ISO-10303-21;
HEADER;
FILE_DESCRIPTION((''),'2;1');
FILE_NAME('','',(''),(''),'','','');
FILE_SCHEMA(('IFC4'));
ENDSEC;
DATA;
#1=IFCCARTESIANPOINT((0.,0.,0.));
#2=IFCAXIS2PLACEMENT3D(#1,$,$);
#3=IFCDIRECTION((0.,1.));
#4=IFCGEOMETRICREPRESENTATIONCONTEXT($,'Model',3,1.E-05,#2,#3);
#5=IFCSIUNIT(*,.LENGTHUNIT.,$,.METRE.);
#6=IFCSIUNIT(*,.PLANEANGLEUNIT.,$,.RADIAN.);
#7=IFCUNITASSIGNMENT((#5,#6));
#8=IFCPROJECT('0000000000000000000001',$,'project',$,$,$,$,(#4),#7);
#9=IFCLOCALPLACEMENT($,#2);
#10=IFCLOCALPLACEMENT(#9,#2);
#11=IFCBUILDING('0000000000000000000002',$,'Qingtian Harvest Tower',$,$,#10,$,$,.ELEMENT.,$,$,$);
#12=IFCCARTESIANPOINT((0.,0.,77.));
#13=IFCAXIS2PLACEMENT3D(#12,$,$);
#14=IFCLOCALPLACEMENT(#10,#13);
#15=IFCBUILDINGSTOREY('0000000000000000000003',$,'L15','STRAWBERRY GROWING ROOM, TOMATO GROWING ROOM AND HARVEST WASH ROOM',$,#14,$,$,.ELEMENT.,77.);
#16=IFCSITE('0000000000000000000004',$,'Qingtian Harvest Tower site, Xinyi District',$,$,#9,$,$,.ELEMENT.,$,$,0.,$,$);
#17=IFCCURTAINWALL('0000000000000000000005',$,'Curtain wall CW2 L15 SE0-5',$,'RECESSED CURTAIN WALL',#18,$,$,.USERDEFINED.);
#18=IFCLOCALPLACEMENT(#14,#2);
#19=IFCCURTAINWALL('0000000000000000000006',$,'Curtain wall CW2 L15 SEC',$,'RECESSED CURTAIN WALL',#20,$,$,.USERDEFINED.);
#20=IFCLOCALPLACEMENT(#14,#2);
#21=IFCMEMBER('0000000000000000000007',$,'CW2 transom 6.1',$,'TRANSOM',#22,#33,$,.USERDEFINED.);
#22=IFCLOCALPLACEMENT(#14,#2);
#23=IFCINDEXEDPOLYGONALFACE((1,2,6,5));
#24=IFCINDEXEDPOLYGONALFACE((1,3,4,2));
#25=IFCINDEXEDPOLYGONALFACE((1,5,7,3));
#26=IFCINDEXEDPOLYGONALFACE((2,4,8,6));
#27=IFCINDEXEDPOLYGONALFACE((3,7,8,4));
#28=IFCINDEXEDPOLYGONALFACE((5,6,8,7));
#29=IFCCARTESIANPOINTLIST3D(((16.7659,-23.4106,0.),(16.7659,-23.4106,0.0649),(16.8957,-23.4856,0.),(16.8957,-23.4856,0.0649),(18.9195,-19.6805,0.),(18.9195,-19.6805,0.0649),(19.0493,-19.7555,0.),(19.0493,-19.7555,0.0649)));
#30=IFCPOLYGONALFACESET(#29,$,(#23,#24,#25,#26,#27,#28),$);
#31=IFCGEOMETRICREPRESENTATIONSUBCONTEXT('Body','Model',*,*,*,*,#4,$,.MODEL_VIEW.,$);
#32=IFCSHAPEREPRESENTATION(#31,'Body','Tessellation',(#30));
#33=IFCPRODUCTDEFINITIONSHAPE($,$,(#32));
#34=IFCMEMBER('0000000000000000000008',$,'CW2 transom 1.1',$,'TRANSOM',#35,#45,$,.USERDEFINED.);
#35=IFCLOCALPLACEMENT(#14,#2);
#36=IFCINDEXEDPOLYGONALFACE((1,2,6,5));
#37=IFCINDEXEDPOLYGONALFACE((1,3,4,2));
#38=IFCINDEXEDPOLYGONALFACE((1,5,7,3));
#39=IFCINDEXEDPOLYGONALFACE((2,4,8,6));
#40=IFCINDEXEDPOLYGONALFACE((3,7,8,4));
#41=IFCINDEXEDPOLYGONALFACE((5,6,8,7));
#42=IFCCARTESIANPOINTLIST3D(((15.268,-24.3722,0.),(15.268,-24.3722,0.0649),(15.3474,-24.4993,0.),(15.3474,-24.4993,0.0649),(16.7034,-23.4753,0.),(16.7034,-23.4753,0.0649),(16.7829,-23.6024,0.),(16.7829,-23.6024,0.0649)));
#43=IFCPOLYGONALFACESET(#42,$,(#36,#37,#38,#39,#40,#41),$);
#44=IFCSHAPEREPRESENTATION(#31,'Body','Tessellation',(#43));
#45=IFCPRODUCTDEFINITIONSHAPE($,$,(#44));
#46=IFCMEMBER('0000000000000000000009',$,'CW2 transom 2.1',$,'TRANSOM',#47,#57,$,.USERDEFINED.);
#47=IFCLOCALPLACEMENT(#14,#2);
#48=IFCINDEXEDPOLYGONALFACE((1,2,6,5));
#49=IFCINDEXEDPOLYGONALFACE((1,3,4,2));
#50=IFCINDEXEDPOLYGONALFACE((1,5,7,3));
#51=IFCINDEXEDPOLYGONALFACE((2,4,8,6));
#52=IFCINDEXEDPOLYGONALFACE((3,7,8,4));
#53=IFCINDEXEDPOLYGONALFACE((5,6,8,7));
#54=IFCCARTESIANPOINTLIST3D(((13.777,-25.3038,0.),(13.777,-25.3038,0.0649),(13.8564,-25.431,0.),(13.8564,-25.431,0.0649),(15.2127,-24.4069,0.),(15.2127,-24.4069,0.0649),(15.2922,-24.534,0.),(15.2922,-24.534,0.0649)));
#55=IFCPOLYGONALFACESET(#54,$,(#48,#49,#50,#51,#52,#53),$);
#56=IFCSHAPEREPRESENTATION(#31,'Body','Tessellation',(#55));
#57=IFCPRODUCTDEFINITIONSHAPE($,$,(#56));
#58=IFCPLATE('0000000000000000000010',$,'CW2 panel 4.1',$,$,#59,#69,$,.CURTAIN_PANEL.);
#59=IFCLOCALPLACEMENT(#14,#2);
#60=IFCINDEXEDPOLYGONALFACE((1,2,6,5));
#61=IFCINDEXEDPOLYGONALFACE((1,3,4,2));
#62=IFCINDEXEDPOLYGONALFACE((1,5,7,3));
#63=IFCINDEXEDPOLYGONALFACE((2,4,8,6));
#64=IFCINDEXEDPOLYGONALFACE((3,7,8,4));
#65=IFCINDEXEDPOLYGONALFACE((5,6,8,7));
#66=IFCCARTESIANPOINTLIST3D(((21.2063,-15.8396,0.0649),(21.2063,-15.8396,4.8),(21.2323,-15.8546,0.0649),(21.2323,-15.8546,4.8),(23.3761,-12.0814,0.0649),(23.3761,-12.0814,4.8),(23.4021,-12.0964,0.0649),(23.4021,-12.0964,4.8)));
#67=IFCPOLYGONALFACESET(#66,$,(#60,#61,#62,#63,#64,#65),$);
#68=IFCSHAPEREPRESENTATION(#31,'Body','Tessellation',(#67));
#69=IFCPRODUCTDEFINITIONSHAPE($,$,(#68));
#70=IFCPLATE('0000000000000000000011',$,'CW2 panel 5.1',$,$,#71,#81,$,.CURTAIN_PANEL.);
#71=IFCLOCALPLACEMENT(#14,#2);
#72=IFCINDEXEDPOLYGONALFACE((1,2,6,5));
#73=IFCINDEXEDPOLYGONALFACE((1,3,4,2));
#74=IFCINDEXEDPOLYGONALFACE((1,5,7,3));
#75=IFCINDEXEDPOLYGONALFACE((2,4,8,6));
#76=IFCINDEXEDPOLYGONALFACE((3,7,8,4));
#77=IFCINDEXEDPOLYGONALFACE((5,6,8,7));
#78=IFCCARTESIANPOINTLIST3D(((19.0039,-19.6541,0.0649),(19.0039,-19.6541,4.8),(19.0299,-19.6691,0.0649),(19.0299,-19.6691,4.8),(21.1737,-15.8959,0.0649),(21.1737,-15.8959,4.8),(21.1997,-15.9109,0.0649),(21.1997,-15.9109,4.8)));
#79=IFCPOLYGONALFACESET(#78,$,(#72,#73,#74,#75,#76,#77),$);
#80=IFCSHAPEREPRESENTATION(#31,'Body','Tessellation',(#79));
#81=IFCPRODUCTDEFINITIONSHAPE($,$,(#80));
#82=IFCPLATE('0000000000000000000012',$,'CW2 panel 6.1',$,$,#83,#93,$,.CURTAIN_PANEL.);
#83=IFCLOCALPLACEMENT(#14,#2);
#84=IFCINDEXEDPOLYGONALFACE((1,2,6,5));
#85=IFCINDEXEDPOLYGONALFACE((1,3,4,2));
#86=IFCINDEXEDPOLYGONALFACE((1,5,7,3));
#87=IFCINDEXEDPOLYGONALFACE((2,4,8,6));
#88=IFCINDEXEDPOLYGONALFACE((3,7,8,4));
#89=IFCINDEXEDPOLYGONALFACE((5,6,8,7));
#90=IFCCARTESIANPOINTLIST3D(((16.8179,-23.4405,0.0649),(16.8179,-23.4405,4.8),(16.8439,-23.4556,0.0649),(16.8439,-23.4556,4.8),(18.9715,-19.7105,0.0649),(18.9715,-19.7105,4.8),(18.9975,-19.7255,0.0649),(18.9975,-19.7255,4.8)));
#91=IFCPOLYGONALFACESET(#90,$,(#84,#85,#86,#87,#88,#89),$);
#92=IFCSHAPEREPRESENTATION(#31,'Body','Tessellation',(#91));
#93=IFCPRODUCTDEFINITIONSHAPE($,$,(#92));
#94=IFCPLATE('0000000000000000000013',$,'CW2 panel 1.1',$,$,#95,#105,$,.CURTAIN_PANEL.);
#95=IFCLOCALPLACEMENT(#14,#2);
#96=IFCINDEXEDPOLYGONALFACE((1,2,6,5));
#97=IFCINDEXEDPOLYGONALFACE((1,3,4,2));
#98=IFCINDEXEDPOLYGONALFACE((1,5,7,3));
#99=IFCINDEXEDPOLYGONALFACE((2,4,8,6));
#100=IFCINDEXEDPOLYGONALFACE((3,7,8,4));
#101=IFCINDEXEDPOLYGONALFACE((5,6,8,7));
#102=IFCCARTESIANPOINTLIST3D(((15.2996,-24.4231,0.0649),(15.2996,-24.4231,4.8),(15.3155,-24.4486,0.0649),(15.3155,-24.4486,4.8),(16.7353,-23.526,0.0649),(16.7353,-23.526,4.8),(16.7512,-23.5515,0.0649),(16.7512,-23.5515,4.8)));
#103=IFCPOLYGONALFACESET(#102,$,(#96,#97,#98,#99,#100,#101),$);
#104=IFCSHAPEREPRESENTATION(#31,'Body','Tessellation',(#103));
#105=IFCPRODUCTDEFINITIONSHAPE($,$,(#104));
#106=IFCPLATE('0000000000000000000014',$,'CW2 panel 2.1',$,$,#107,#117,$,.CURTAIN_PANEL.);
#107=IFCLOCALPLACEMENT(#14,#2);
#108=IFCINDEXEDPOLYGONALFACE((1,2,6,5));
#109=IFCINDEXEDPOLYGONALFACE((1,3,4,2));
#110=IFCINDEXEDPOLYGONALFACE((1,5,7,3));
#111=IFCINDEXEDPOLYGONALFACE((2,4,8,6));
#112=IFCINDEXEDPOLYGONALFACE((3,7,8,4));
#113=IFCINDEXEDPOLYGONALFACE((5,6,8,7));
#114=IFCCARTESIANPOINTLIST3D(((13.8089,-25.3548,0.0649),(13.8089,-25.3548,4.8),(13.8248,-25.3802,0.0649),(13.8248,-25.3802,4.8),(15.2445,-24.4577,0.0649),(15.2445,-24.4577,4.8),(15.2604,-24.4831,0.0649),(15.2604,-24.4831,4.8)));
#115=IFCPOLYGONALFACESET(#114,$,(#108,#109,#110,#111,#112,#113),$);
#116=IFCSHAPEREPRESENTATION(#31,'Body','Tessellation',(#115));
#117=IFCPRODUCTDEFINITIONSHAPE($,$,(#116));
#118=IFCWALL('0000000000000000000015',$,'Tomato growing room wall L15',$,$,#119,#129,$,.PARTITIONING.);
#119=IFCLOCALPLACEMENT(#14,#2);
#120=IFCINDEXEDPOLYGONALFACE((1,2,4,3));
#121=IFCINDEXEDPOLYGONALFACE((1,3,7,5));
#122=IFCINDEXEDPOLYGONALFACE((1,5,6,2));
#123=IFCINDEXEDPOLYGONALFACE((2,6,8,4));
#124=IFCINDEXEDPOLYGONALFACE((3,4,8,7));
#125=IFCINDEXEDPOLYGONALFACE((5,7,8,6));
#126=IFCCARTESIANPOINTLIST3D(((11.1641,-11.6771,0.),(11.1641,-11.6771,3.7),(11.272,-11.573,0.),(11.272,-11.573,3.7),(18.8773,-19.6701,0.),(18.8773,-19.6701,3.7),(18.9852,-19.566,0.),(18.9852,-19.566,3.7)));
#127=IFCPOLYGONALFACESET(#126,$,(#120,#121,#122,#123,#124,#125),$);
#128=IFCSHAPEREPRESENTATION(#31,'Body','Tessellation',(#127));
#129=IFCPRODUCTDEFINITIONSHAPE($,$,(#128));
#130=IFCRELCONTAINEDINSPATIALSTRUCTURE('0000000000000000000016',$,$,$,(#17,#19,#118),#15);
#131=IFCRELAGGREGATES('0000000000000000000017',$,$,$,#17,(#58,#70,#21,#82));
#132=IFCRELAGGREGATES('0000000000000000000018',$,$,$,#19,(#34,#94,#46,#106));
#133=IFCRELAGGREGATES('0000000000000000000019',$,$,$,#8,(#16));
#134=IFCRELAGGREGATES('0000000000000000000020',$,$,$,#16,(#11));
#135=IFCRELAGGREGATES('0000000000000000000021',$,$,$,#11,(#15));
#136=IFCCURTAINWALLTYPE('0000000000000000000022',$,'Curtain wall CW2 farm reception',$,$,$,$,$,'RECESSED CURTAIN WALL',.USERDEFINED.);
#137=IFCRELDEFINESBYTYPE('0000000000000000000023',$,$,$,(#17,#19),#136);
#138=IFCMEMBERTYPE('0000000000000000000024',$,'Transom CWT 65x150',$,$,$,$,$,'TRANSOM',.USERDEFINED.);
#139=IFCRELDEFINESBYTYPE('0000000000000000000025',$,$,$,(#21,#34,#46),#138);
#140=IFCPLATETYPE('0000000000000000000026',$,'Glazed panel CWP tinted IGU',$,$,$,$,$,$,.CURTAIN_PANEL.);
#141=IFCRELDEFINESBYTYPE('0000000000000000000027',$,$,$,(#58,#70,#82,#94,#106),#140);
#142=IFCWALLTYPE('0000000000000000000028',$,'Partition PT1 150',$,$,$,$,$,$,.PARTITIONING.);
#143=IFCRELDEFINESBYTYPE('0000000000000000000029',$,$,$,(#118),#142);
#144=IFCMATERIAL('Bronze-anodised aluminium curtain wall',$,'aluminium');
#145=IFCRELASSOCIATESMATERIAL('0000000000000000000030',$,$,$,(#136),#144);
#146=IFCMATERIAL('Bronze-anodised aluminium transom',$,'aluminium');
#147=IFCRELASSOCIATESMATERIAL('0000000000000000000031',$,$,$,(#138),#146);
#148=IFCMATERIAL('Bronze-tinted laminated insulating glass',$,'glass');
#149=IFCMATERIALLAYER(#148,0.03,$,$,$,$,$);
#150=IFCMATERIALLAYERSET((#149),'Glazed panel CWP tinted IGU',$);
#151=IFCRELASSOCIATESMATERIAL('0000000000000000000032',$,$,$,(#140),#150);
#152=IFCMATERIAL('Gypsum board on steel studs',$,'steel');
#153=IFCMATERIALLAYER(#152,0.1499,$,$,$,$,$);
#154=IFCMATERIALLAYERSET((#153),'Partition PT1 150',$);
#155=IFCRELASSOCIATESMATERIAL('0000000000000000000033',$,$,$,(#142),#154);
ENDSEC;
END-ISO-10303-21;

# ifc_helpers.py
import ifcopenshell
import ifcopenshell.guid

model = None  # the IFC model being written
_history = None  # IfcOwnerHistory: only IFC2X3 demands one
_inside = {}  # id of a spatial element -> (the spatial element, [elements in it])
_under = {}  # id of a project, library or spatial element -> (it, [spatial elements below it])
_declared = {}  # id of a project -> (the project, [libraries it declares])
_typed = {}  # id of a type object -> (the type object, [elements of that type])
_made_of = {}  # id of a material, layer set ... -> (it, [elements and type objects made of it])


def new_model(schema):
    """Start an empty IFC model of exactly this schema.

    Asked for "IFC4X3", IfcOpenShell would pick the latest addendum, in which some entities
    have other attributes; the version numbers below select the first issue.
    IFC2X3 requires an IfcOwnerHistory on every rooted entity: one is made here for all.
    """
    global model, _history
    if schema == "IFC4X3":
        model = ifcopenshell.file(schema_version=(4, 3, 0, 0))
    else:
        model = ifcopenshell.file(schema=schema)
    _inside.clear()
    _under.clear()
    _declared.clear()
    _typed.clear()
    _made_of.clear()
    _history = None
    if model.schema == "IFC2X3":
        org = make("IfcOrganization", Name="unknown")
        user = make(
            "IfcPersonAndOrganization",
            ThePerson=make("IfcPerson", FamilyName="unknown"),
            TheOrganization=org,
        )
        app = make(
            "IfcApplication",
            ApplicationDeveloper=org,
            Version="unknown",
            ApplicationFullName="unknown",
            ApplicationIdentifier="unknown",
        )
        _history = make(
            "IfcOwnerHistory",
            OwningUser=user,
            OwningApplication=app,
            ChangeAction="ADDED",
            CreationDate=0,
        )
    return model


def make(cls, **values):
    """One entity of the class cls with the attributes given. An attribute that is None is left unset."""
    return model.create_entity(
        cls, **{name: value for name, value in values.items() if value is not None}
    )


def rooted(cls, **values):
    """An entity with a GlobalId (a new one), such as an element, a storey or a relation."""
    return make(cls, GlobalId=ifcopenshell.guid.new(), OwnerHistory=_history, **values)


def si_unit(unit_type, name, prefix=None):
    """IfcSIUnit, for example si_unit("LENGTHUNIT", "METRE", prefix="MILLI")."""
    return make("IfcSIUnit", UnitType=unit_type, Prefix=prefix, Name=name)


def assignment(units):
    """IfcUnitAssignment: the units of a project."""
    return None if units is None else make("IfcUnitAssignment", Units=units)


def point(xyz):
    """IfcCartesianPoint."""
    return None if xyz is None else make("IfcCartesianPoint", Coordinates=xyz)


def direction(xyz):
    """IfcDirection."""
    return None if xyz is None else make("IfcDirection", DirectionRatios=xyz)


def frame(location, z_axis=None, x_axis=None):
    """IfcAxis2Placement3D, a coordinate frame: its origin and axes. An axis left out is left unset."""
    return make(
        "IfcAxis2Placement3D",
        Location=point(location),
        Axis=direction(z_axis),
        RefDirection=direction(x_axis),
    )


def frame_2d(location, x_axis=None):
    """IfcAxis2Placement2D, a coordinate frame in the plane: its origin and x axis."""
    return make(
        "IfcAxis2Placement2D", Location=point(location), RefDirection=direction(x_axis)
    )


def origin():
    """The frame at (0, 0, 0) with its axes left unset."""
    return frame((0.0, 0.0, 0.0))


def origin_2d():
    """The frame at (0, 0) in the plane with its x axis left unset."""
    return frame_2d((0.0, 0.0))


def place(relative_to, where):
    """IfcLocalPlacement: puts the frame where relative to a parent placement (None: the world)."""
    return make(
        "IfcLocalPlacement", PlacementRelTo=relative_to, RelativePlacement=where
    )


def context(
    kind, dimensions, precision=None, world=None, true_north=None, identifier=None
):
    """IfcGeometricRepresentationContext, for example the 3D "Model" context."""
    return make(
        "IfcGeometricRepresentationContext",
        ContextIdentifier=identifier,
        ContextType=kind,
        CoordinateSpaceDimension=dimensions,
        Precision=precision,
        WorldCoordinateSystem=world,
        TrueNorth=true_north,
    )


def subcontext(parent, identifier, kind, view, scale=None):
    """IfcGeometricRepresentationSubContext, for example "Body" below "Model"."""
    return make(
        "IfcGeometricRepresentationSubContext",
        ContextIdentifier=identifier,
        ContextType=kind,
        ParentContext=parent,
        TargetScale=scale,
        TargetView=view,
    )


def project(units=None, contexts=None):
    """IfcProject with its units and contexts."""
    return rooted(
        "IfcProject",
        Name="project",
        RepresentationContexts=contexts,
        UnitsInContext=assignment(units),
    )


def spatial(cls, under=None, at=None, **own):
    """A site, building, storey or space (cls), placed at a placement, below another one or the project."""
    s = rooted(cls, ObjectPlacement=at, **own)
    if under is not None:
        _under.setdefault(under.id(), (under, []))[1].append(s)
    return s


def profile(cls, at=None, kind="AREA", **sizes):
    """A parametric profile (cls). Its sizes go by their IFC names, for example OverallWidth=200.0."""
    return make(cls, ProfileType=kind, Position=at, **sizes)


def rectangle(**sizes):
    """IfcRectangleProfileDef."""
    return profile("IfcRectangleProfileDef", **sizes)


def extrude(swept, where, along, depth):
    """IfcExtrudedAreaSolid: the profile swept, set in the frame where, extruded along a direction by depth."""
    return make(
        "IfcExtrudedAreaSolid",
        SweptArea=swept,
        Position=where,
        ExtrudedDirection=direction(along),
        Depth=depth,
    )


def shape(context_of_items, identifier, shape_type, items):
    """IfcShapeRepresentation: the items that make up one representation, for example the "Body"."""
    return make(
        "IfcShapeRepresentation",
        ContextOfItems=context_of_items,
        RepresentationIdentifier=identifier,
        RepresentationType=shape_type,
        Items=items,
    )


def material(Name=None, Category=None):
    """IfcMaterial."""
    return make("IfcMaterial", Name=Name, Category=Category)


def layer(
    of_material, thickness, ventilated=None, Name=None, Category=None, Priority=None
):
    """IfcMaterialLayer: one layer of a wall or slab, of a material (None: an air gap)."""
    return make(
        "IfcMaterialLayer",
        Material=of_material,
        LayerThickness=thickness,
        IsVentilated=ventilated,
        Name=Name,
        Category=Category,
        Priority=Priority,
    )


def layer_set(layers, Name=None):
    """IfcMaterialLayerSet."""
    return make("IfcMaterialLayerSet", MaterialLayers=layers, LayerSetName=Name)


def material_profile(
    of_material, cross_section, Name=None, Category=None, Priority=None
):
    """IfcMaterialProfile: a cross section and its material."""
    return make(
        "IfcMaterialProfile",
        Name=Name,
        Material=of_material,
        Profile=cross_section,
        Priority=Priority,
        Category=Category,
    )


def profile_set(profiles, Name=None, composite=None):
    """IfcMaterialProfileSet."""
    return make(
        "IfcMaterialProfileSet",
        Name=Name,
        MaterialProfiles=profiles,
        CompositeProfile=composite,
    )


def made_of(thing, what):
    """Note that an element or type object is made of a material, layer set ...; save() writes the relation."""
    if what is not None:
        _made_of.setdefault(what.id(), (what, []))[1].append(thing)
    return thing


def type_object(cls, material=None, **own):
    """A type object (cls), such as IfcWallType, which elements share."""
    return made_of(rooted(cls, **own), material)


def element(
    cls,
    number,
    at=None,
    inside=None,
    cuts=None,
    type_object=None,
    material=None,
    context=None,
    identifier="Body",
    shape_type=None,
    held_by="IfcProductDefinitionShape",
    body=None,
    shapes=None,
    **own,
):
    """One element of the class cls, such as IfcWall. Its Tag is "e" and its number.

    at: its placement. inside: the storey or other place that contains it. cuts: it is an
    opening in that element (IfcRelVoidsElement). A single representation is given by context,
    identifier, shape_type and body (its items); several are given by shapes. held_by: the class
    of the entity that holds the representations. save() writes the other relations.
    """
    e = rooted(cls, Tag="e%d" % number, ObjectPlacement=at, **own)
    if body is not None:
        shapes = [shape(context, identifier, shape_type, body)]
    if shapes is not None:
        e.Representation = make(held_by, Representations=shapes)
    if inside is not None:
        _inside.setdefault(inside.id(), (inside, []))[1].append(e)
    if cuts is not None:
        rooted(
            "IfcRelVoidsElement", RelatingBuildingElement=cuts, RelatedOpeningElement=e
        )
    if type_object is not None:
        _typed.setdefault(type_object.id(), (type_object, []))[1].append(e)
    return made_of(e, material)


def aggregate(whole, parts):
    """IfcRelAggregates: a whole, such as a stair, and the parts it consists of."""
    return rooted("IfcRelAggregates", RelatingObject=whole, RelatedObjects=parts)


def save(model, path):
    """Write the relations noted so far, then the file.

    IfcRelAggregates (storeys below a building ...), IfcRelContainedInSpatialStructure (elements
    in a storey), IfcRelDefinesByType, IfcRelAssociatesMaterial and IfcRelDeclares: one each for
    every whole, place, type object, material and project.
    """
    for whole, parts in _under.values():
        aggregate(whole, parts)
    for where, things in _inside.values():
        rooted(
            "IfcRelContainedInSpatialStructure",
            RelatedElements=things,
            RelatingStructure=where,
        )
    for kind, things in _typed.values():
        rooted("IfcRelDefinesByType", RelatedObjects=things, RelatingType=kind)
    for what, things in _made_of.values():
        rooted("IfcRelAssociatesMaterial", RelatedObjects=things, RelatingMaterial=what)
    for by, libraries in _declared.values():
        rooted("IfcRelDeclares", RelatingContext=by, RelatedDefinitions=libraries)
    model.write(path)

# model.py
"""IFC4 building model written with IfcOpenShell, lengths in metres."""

from ifc_helpers import new_model, si_unit, direction, frame, frame_2d, origin, origin_2d, place, context, subcontext, project, spatial, rectangle, extrude, material, layer, layer_set, material_profile, profile_set, type_object, element, aggregate, save


model = new_model("IFC4")

# Units and contexts
model_context = context("Model", 3, precision=1e-05, world=origin(), true_north=direction((0.0, 1.0)))
body_context = subcontext(model_context, "Body", "Model", "MODEL_VIEW")
ifc_project = project(units=[si_unit("LENGTHUNIT", "METRE"), si_unit("PLANEANGLEUNIT", "RADIAN")], contexts=[model_context])

# Site, building, storey
site_placement = place(None, origin())
site = spatial("IfcSite", under=ifc_project, at=site_placement, Name="Qingtian Harvest Tower site, Xinyi District", CompositionType="ELEMENT", RefElevation=0.0)
building_placement = place(site_placement, origin())
building = spatial("IfcBuilding", under=site, at=building_placement, Name="Qingtian Harvest Tower", CompositionType="ELEMENT")
storey_placement = place(building_placement, frame((0.0, 0.0, 77.0)))
storey = spatial("IfcBuildingStorey", under=building, at=storey_placement, Name="L15", Description="STRAWBERRY GROWING ROOM, TOMATO GROWING ROOM AND HARVEST WASH ROOM", CompositionType="ELEMENT", Elevation=77.0)

# Curtain walls
ifc_material_1 = material(Name="Bronze-anodised aluminium curtain wall", Category="aluminium")
curtain_wall_type = type_object("IfcCurtainWallType", Name="Curtain wall CW2 farm reception", ElementType="RECESSED CURTAIN WALL", PredefinedType="USERDEFINED", material=ifc_material_1)
curtain_wall_1_placement = place(storey_placement, origin())
curtain_wall_1 = element("IfcCurtainWall", 1, at=curtain_wall_1_placement, inside=storey, type_object=curtain_wall_type, Name="Curtain wall CW2 L15 SE0-5", ObjectType="RECESSED CURTAIN WALL", PredefinedType="USERDEFINED")
curtain_wall_2_placement = place(storey_placement, origin())
curtain_wall_2 = element("IfcCurtainWall", 2, at=curtain_wall_2_placement, inside=storey, type_object=curtain_wall_type, Name="Curtain wall CW2 L15 SEC", ObjectType="RECESSED CURTAIN WALL", PredefinedType="USERDEFINED")

# Members
ifc_material_2 = material(Name="Bronze-anodised aluminium transom", Category="aluminium")
ifc_material_profile_1 = material_profile(ifc_material_2, rectangle(XDim=0.1499, YDim=0.0649, at=origin_2d()), Name="AL 65x150")
ifc_profile_set_1 = profile_set([ifc_material_profile_1], Name="Bronze-anodised aluminium transom")
member_type_1 = type_object("IfcMemberType", Name="Transom CWT 65x150", ElementType="TRANSOM", PredefinedType="USERDEFINED", material=ifc_profile_set_1)
member_1_placement = place(storey_placement, frame((18.9844, -19.718, 0.0325), z_axis=(-0.50001, -0.866019, 0.0), x_axis=(0.866019, -0.50001, 0.0)))
member_1 = element("IfcMember", 3, at=member_1_placement, type_object=member_type_1, Name="CW2 transom 6.1", ObjectType="TRANSOM", PredefinedType="USERDEFINED", context=body_context, shape_type="SweptSolid", body=[
    extrude(rectangle(XDim=0.1499, YDim=0.0649, at=origin_2d()), origin(), (0.0, 0.0, 1.0), 4.3071),
])
member_2_placement = place(storey_placement, frame((16.7432, -23.5388, 0.0325), z_axis=(-0.848063, -0.529895, 0.0), x_axis=(0.529895, -0.848063, 0.0)))
member_2 = element("IfcMember", 4, at=member_2_placement, type_object=member_type_1, Name="CW2 transom 1.1", ObjectType="TRANSOM", PredefinedType="USERDEFINED", context=body_context, shape_type="SweptSolid", body=[
    extrude(rectangle(XDim=0.1499, YDim=0.0649, at=origin_2d()), origin(), (0.0, 0.0, 1.0), 1.6926),
])
member_3_placement = place(storey_placement, frame((15.2524, -24.4705, 0.0325), z_axis=(-0.848104, -0.52983, 0.0), x_axis=(0.52983, -0.848104, 0.0)))
member_3 = element("IfcMember", 5, at=member_3_placement, type_object=member_type_1, Name="CW2 transom 2.1", ObjectType="TRANSOM", PredefinedType="USERDEFINED", context=body_context, shape_type="SweptSolid", body=[
    extrude(rectangle(XDim=0.1499, YDim=0.0649, at=origin_2d()), origin(), (0.0, 0.0, 1.0), 1.6929),
])

# Plates
ifc_material_3 = material(Name="Bronze-tinted laminated insulating glass", Category="glass")
ifc_layer_1 = layer(ifc_material_3, 0.03)
ifc_layer_set_1 = layer_set([ifc_layer_1], Name="Glazed panel CWP tinted IGU")
plate_type = type_object("IfcPlateType", Name="Glazed panel CWP tinted IGU", PredefinedType="CURTAIN_PANEL", material=ifc_layer_set_1)
plate_1_placement = place(storey_placement, frame((22.3042, -13.968, 0.0649), z_axis=(0.0, 0.0, 1.0), x_axis=(-0.5, -0.866025, 0.0)))
plate_1 = element("IfcPlate", 6, at=plate_1_placement, type_object=plate_type, Name="CW2 panel 4.1", PredefinedType="CURTAIN_PANEL", context=body_context, shape_type="SweptSolid", body=[
    extrude(rectangle(XDim=4.3396, YDim=0.03, at=origin_2d()), origin(), (0.0, 0.0, 1.0), 4.7351),
])
plate_2_placement = place(storey_placement, frame((20.1018, -17.7825, 0.0649), z_axis=(0.0, 0.0, 1.0), x_axis=(-0.5, -0.866025, 0.0)))
plate_2 = element("IfcPlate", 7, at=plate_2_placement, type_object=plate_type, Name="CW2 panel 5.1", PredefinedType="CURTAIN_PANEL", context=body_context, shape_type="SweptSolid", body=[
    extrude(rectangle(XDim=4.3396, YDim=0.03, at=origin_2d()), origin(), (0.0, 0.0, 1.0), 4.7351),
])
plate_3_placement = place(storey_placement, frame((17.9077, -21.583, 0.0649), z_axis=(0.0, 0.0, 1.0), x_axis=(-0.5, -0.866025, 0.0)))
plate_3 = element("IfcPlate", 8, at=plate_3_placement, type_object=plate_type, Name="CW2 panel 6.1", PredefinedType="CURTAIN_PANEL", context=body_context, shape_type="SweptSolid", body=[
    extrude(rectangle(XDim=4.3071, YDim=0.03, at=origin_2d()), origin(), (0.0, 0.0, 1.0), 4.7351),
])
aggregate(curtain_wall_1, [plate_1, plate_2, member_1, plate_3])
plate_4_placement = place(storey_placement, frame((16.0254, -23.9873, 0.0649), z_axis=(0.0, 0.0, 1.0), x_axis=(-0.848048, -0.529919, 0.0)))
plate_4 = element("IfcPlate", 9, at=plate_4_placement, type_object=plate_type, Name="CW2 panel 1.1", PredefinedType="CURTAIN_PANEL", context=body_context, shape_type="SweptSolid", body=[
    extrude(rectangle(XDim=1.6929, YDim=0.03, at=origin_2d()), origin(), (0.0, 0.0, 1.0), 4.7351),
])
plate_5_placement = place(storey_placement, frame((14.5347, -24.9189, 0.0649), z_axis=(0.0, 0.0, 1.0), x_axis=(-0.848048, -0.529919, 0.0)))
plate_5 = element("IfcPlate", 10, at=plate_5_placement, type_object=plate_type, Name="CW2 panel 2.1", PredefinedType="CURTAIN_PANEL", context=body_context, shape_type="SweptSolid", body=[
    extrude(rectangle(XDim=1.6929, YDim=0.03, at=origin_2d()), origin(), (0.0, 0.0, 1.0), 4.7351),
])
aggregate(curtain_wall_2, [member_2, plate_4, member_3, plate_5])

# Wall
ifc_material_4 = material(Name="Gypsum board on steel studs", Category="steel")
ifc_layer_2 = layer(ifc_material_4, 0.1499)
ifc_layer_set_2 = layer_set([ifc_layer_2], Name="Partition PT1 150")
wall_type = type_object("IfcWallType", Name="Partition PT1 150", PredefinedType="PARTITIONING", material=ifc_layer_set_2)
wall_placement = place(storey_placement, frame((18.9312, -19.6179, 0.0), z_axis=(0.0, 0.0, 1.0), x_axis=(-0.6944, 0.719589, 0.0)))
element("IfcWall", 11, at=wall_placement, inside=storey, type_object=wall_type, Name="Tomato growing room wall L15", PredefinedType="PARTITIONING", context=body_context, shape_type="SweptSolid", body=[
    extrude(rectangle(XDim=11.1077, YDim=0.1499, at=frame_2d((5.5537, 0.0))), origin(), (0.0, 0.0, 1.0), 3.7),
])

save(model, "model.ifc")
